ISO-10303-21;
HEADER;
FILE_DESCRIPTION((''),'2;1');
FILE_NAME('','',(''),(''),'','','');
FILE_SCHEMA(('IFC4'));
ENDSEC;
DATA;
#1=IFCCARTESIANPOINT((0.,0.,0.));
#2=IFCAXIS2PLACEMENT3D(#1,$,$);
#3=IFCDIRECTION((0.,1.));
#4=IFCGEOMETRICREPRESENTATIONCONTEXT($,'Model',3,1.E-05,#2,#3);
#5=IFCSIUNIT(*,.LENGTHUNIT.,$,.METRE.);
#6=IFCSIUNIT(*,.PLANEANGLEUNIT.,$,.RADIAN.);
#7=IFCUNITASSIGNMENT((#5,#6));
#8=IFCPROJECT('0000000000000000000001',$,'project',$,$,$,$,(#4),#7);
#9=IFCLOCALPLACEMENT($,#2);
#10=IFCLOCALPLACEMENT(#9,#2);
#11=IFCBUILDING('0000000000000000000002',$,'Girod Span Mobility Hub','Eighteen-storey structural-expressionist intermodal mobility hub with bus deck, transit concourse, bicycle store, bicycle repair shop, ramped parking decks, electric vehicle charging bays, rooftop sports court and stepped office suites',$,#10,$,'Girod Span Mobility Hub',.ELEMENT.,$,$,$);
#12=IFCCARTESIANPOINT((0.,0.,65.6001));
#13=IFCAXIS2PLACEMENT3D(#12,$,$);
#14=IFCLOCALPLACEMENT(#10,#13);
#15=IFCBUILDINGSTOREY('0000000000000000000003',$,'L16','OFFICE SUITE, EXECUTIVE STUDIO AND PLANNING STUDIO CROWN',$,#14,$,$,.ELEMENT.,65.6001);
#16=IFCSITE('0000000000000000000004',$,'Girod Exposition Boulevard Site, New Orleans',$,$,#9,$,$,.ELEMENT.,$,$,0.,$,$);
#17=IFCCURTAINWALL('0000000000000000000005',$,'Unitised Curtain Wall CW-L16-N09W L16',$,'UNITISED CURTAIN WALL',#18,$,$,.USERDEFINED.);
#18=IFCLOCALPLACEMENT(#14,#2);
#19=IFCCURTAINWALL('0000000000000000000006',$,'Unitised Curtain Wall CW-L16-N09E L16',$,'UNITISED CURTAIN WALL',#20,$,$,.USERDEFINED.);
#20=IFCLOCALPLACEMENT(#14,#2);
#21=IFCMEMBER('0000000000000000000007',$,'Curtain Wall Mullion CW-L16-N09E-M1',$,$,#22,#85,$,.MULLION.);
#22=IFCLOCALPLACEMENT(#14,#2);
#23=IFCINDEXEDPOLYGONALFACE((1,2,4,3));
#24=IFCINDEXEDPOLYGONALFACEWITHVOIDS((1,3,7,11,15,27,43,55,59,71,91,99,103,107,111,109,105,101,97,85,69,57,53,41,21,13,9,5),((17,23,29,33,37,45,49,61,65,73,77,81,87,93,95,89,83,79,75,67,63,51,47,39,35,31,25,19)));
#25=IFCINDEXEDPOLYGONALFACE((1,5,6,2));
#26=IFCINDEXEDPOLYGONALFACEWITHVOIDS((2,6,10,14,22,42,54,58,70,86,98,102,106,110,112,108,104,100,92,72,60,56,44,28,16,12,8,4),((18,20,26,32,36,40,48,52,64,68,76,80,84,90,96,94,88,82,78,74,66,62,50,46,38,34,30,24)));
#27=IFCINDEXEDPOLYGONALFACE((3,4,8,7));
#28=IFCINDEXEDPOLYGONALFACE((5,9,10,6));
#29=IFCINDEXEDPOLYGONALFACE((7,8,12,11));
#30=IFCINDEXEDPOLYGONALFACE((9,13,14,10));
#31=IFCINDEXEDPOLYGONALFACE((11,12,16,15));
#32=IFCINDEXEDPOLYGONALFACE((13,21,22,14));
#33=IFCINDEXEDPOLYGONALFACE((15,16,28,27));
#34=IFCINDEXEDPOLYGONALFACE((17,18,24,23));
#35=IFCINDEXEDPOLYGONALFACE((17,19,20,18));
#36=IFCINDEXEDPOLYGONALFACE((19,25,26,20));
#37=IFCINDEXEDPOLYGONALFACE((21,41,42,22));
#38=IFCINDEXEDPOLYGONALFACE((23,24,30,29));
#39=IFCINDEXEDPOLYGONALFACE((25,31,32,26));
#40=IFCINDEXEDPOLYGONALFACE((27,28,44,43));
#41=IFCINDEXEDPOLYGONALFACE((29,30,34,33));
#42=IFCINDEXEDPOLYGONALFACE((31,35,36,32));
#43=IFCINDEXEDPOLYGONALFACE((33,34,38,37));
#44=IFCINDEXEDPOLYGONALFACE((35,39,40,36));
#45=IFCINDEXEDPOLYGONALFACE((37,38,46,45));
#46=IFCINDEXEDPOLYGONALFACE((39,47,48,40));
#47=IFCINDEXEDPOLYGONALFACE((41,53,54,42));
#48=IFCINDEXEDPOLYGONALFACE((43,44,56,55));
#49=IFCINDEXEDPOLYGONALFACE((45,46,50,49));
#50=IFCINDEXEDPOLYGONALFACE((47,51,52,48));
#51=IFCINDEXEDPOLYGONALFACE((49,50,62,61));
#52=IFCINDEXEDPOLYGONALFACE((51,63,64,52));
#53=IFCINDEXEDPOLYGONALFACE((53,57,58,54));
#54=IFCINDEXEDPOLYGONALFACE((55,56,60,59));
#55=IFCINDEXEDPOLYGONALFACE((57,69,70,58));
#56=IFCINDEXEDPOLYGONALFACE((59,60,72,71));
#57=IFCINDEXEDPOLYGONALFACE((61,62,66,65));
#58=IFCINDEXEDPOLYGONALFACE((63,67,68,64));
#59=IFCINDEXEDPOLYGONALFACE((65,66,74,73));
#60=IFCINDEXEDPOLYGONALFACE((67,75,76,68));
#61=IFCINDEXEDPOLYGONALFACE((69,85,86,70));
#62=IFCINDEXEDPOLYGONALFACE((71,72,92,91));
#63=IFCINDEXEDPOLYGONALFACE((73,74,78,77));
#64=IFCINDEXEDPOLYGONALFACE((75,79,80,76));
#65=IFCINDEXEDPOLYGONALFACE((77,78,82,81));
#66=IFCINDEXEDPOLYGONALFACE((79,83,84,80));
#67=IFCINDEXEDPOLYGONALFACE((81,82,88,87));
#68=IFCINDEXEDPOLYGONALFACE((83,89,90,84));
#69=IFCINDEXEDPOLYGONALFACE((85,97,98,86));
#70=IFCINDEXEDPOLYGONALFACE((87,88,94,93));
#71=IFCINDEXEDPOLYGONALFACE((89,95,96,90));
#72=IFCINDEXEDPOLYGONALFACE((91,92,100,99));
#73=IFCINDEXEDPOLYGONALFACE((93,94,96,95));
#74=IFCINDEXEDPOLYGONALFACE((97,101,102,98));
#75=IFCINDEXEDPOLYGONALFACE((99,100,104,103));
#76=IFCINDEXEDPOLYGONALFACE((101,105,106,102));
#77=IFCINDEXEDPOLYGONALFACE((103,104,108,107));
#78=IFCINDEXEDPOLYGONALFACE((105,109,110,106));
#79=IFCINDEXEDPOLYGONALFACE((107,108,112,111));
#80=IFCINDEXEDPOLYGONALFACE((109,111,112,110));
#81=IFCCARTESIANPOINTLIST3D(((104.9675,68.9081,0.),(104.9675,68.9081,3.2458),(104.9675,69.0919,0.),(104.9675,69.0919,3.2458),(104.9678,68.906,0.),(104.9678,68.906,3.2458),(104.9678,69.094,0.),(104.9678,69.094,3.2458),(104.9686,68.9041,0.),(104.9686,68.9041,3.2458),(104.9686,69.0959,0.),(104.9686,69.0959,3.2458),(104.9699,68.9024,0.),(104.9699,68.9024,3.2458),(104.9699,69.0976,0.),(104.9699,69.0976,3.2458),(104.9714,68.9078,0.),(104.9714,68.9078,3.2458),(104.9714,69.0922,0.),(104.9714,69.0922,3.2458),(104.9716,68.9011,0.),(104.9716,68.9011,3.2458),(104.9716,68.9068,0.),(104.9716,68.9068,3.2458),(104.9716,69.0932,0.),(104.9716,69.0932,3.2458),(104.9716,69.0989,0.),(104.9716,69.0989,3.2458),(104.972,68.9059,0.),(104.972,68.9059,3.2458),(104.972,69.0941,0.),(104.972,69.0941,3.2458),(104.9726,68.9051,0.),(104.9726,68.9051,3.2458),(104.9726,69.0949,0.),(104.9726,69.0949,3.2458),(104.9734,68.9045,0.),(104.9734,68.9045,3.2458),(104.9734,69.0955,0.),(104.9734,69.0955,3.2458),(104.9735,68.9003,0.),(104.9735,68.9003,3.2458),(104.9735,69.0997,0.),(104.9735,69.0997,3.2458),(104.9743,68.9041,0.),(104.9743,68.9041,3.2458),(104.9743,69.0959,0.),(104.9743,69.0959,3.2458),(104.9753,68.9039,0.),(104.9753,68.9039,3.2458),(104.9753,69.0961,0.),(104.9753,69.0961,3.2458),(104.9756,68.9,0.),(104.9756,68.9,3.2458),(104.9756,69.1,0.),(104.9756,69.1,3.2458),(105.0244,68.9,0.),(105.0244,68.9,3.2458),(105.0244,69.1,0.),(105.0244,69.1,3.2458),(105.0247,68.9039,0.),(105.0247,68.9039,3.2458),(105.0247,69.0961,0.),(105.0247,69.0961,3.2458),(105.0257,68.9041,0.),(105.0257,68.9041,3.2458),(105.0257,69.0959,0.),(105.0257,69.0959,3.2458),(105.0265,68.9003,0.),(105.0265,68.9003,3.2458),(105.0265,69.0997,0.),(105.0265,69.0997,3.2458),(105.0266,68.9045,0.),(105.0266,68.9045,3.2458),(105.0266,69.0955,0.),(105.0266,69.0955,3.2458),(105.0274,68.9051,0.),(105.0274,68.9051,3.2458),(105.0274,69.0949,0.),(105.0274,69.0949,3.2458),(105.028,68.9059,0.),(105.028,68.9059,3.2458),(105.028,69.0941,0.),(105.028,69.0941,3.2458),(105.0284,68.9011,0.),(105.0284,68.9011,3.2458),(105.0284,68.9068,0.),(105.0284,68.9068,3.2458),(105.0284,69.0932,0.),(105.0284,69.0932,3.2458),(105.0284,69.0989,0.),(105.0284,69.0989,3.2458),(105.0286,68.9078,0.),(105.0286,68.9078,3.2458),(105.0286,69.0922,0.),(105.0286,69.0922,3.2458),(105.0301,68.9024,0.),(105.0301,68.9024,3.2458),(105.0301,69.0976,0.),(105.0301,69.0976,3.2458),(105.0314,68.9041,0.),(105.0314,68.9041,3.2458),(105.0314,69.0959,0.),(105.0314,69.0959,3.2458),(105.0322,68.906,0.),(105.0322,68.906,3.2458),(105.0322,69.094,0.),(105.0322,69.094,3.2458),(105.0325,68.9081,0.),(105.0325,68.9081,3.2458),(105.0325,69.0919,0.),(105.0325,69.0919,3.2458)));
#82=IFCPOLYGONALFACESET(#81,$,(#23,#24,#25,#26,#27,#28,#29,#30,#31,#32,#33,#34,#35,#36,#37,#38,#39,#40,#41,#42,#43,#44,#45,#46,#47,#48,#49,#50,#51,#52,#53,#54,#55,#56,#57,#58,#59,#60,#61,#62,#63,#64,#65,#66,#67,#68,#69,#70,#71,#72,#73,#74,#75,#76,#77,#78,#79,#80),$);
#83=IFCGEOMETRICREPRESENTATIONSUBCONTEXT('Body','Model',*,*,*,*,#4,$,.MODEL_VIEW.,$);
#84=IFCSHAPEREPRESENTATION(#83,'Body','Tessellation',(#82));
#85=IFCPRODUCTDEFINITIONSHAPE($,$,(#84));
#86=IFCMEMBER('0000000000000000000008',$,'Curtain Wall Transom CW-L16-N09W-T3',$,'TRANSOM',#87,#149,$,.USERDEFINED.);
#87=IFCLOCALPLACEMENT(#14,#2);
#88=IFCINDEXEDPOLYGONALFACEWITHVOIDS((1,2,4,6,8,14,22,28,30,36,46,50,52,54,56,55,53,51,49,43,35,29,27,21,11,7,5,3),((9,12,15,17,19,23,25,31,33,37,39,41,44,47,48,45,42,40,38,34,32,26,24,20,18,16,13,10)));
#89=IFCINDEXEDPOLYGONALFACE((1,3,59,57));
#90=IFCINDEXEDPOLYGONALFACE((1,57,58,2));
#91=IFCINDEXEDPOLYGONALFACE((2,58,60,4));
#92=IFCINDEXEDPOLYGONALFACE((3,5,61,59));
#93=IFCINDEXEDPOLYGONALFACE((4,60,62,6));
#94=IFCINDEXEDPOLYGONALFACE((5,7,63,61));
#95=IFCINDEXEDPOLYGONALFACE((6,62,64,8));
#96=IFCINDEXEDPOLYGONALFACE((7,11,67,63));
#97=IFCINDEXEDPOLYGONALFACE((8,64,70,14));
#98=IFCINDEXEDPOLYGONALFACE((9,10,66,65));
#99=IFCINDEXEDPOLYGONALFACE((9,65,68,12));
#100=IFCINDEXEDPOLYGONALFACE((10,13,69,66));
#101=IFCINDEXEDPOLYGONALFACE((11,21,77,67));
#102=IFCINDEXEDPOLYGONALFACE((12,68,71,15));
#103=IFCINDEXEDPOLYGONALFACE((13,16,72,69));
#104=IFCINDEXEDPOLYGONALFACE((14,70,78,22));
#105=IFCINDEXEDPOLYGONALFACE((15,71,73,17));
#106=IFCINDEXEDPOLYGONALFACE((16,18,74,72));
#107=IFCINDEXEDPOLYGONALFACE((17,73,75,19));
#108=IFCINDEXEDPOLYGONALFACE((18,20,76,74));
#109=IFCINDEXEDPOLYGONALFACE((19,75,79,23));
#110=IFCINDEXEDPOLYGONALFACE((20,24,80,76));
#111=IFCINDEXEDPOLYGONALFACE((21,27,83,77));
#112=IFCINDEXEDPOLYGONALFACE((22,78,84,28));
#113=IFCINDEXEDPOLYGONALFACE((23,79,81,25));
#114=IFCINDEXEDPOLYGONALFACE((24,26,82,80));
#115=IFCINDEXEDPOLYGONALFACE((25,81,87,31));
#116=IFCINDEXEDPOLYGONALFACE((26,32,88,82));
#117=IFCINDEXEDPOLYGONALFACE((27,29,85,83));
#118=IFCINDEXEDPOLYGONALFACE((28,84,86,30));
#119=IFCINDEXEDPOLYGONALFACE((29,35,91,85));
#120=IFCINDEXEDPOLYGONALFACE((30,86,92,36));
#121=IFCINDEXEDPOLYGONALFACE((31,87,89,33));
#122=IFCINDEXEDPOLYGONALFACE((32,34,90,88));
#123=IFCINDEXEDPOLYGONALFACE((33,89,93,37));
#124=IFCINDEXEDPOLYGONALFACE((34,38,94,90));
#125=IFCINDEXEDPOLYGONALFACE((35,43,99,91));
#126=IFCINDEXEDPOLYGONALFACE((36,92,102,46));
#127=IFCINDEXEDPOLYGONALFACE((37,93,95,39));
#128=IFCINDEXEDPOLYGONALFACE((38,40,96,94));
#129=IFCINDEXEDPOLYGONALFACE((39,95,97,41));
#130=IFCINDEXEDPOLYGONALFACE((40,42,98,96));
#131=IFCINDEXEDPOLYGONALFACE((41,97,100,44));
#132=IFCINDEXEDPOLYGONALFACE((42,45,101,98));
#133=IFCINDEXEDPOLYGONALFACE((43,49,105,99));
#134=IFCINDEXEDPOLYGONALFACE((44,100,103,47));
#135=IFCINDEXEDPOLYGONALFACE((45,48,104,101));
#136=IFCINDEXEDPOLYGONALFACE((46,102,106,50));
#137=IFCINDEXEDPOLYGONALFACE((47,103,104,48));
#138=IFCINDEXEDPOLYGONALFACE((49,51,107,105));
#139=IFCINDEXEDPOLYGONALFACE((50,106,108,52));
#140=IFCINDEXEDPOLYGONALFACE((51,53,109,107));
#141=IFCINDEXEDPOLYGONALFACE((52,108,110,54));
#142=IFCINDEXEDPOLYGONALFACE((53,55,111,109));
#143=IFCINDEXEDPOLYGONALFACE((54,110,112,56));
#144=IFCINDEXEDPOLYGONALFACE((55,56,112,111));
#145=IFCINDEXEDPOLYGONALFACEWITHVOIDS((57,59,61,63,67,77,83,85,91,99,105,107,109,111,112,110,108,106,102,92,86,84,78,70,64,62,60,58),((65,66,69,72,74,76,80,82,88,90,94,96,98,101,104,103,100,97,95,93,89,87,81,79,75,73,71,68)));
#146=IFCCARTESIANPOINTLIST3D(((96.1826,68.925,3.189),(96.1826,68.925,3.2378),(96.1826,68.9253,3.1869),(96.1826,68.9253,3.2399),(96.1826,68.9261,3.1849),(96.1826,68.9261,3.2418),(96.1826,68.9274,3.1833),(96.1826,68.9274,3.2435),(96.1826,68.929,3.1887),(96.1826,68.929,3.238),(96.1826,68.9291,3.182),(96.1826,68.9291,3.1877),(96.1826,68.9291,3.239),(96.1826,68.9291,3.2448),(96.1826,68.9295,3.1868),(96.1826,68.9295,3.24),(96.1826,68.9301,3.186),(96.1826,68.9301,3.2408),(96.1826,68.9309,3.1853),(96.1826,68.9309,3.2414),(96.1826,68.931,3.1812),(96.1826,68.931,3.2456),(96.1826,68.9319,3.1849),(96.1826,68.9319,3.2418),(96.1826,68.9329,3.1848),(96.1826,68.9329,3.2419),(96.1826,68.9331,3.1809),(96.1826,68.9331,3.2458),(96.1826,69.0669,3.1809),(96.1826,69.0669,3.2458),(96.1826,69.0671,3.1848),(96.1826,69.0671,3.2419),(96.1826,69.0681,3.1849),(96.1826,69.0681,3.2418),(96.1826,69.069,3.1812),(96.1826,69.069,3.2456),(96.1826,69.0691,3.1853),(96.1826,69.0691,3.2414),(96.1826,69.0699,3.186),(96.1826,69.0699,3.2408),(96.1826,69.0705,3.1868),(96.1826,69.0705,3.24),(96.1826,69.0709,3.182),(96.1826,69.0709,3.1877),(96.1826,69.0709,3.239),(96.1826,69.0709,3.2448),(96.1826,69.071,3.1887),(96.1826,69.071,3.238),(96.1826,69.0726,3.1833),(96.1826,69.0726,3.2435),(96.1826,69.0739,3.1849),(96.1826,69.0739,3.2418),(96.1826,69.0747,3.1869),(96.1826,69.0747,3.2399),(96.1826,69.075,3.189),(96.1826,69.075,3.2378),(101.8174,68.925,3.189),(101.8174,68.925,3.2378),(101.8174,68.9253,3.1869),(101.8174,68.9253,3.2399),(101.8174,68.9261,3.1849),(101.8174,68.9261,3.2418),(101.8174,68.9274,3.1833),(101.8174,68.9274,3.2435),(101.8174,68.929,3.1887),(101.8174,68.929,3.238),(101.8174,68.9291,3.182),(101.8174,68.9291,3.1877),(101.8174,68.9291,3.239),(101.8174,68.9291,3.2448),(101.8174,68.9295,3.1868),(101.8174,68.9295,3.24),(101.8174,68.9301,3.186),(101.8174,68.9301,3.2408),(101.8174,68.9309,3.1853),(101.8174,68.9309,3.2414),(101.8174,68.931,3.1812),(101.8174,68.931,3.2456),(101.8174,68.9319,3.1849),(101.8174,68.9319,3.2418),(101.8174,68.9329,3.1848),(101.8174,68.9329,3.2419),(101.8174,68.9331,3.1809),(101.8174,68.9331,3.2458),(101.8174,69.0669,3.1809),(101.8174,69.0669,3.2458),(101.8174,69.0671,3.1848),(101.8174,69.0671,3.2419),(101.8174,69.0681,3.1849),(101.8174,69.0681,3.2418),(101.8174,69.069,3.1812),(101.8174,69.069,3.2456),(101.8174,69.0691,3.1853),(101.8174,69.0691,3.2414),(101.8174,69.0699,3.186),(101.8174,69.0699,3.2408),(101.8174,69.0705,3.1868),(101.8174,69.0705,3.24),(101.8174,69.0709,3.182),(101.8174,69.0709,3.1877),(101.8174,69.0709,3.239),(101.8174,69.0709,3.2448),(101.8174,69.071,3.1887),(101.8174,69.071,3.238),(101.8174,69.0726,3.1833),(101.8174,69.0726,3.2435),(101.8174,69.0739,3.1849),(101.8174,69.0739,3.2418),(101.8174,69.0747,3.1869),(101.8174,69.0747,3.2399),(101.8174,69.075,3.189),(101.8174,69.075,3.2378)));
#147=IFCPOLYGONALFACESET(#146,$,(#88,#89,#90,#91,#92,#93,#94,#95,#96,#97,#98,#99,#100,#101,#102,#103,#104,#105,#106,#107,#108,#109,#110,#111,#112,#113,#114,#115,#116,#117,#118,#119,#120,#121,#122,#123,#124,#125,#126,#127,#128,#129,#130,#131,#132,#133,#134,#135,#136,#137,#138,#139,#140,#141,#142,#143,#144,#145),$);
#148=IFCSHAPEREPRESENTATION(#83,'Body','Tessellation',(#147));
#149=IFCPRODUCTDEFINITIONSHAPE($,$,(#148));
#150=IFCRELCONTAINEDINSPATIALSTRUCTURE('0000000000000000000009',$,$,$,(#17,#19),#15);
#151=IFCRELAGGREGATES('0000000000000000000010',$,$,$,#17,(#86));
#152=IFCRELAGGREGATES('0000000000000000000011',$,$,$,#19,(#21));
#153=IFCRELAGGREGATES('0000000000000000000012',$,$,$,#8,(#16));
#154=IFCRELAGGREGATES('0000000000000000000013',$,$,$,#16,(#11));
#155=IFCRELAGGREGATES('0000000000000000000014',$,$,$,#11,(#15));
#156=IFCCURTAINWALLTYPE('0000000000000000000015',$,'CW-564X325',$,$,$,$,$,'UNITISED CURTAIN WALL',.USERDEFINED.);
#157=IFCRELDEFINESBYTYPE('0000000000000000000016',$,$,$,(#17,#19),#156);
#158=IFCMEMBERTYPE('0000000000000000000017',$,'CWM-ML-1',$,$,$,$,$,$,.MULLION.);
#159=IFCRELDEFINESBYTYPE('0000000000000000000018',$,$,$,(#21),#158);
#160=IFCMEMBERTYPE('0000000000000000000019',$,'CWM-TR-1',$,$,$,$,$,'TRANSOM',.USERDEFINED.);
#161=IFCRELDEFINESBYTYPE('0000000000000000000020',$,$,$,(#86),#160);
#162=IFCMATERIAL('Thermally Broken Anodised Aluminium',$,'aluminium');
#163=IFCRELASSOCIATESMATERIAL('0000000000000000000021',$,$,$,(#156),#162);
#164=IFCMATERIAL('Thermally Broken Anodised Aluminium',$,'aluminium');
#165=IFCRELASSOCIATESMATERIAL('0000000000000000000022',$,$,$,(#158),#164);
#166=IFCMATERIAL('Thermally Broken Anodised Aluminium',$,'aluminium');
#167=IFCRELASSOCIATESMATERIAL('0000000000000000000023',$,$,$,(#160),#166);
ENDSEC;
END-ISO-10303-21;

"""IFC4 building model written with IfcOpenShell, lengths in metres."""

from ifc_helpers import new_model, si_unit, direction, frame, origin, origin_2d, place, context, subcontext, project, spatial, hollow_rectangle, extrude, material, material_profile, profile_set, type_object, element, aggregate, save


model = new_model("IFC4")

# Units and contexts
model_context = context("Model", 3, precision=1e-05, world=origin(), true_north=direction((0.0, 1.0)))
body_context = subcontext(model_context, "Body", "Model", "MODEL_VIEW")
ifc_project = project(units=[si_unit("LENGTHUNIT", "METRE"), si_unit("PLANEANGLEUNIT", "RADIAN")], contexts=[model_context])

# Site, building, storey
site_placement = place(None, origin())
site = spatial("IfcSite", under=ifc_project, at=site_placement, Name="Girod Exposition Boulevard Site, New Orleans", CompositionType="ELEMENT", RefElevation=0.0)
building_placement = place(site_placement, origin())
building = spatial("IfcBuilding", under=site, at=building_placement, Name="Girod Span Mobility Hub", Description="Eighteen-storey structural-expressionist intermodal mobility hub with bus deck, transit concourse, bicycle store, bicycle repair shop, ramped parking decks, electric vehicle charging bays, rooftop sports court and stepped office suites", LongName="Girod Span Mobility Hub", CompositionType="ELEMENT")
storey_placement = place(building_placement, frame((0.0, 0.0, 65.6001)))
storey = spatial("IfcBuildingStorey", under=building, at=storey_placement, Name="L16", Description="OFFICE SUITE, EXECUTIVE STUDIO AND PLANNING STUDIO CROWN", CompositionType="ELEMENT", Elevation=65.6001)

# Curtain walls, member
ifc_material_1 = material(Name="Thermally Broken Anodised Aluminium", Category="aluminium")
curtain_wall_type = type_object("IfcCurtainWallType", Name="CW-564X325", ElementType="UNITISED CURTAIN WALL", PredefinedType="USERDEFINED", material=ifc_material_1)
curtain_wall_1_placement = place(storey_placement, origin())
curtain_wall_1 = element("IfcCurtainWall", 1, at=curtain_wall_1_placement, inside=storey, type_object=curtain_wall_type, Name="Unitised Curtain Wall CW-L16-N09W L16", ObjectType="UNITISED CURTAIN WALL", PredefinedType="USERDEFINED")
ifc_material_2 = material(Name="Thermally Broken Anodised Aluminium", Category="aluminium")
ifc_material_profile_1 = material_profile(ifc_material_2, hollow_rectangle(XDim=0.2, YDim=0.0649, WallThickness=0.0039, InnerFilletRadius=0.0039, OuterFilletRadius=0.0081, at=origin_2d()), Name="CW-ML-65X200")
ifc_profile_set_1 = profile_set([ifc_material_profile_1], Name="Thermally Broken Anodised Aluminium")
member_type_1 = type_object("IfcMemberType", Name="CWM-ML-1", PredefinedType="MULLION", material=ifc_profile_set_1)
curtain_wall_2_placement = place(storey_placement, origin())
curtain_wall_2 = element("IfcCurtainWall", 2, at=curtain_wall_2_placement, inside=storey, type_object=curtain_wall_type, Name="Unitised Curtain Wall CW-L16-N09E L16", ObjectType="UNITISED CURTAIN WALL", PredefinedType="USERDEFINED")
member_1_placement = place(storey_placement, frame((105.0, 69.0, 0.0), z_axis=(0.0, 0.0, 1.0), x_axis=(0.0, 1.0, 0.0)))
member_1 = element("IfcMember", 3, at=member_1_placement, type_object=member_type_1, Name="Curtain Wall Mullion CW-L16-N09E-M1", PredefinedType="MULLION", context=body_context, shape_type="SweptSolid", body=[
    extrude(hollow_rectangle(XDim=0.2, YDim=0.0649, WallThickness=0.0039, InnerFilletRadius=0.0039, OuterFilletRadius=0.0081, at=origin_2d()), origin(), (0.0, 0.0, 1.0), 3.2458),
])

# Member
ifc_material_3 = material(Name="Thermally Broken Anodised Aluminium", Category="aluminium")
ifc_material_profile_2 = material_profile(ifc_material_3, hollow_rectangle(XDim=0.1499, YDim=0.0649, WallThickness=0.0039, InnerFilletRadius=0.0039, OuterFilletRadius=0.0081, at=origin_2d()), Name="CW-TR-65X150")
ifc_profile_set_2 = profile_set([ifc_material_profile_2], Name="Thermally Broken Anodised Aluminium")
member_type_2 = type_object("IfcMemberType", Name="CWM-TR-1", ElementType="TRANSOM", PredefinedType="USERDEFINED", material=ifc_profile_set_2)
member_2_placement = place(storey_placement, frame((96.1826, 69.0, 3.2134), z_axis=(1.0, 0.0, 0.0), x_axis=(0.0, 1.0, 0.0)))
member_2 = element("IfcMember", 4, at=member_2_placement, type_object=member_type_2, Name="Curtain Wall Transom CW-L16-N09W-T3", ObjectType="TRANSOM", PredefinedType="USERDEFINED", context=body_context, shape_type="SweptSolid", body=[
    extrude(hollow_rectangle(XDim=0.1499, YDim=0.0649, WallThickness=0.0039, InnerFilletRadius=0.0039, OuterFilletRadius=0.0081, at=origin_2d()), origin(), (0.0, 0.0, 1.0), 5.6348),
])

aggregate(curtain_wall_1, [member_2])
aggregate(curtain_wall_2, [member_1])

save(model, "model.ifc")
